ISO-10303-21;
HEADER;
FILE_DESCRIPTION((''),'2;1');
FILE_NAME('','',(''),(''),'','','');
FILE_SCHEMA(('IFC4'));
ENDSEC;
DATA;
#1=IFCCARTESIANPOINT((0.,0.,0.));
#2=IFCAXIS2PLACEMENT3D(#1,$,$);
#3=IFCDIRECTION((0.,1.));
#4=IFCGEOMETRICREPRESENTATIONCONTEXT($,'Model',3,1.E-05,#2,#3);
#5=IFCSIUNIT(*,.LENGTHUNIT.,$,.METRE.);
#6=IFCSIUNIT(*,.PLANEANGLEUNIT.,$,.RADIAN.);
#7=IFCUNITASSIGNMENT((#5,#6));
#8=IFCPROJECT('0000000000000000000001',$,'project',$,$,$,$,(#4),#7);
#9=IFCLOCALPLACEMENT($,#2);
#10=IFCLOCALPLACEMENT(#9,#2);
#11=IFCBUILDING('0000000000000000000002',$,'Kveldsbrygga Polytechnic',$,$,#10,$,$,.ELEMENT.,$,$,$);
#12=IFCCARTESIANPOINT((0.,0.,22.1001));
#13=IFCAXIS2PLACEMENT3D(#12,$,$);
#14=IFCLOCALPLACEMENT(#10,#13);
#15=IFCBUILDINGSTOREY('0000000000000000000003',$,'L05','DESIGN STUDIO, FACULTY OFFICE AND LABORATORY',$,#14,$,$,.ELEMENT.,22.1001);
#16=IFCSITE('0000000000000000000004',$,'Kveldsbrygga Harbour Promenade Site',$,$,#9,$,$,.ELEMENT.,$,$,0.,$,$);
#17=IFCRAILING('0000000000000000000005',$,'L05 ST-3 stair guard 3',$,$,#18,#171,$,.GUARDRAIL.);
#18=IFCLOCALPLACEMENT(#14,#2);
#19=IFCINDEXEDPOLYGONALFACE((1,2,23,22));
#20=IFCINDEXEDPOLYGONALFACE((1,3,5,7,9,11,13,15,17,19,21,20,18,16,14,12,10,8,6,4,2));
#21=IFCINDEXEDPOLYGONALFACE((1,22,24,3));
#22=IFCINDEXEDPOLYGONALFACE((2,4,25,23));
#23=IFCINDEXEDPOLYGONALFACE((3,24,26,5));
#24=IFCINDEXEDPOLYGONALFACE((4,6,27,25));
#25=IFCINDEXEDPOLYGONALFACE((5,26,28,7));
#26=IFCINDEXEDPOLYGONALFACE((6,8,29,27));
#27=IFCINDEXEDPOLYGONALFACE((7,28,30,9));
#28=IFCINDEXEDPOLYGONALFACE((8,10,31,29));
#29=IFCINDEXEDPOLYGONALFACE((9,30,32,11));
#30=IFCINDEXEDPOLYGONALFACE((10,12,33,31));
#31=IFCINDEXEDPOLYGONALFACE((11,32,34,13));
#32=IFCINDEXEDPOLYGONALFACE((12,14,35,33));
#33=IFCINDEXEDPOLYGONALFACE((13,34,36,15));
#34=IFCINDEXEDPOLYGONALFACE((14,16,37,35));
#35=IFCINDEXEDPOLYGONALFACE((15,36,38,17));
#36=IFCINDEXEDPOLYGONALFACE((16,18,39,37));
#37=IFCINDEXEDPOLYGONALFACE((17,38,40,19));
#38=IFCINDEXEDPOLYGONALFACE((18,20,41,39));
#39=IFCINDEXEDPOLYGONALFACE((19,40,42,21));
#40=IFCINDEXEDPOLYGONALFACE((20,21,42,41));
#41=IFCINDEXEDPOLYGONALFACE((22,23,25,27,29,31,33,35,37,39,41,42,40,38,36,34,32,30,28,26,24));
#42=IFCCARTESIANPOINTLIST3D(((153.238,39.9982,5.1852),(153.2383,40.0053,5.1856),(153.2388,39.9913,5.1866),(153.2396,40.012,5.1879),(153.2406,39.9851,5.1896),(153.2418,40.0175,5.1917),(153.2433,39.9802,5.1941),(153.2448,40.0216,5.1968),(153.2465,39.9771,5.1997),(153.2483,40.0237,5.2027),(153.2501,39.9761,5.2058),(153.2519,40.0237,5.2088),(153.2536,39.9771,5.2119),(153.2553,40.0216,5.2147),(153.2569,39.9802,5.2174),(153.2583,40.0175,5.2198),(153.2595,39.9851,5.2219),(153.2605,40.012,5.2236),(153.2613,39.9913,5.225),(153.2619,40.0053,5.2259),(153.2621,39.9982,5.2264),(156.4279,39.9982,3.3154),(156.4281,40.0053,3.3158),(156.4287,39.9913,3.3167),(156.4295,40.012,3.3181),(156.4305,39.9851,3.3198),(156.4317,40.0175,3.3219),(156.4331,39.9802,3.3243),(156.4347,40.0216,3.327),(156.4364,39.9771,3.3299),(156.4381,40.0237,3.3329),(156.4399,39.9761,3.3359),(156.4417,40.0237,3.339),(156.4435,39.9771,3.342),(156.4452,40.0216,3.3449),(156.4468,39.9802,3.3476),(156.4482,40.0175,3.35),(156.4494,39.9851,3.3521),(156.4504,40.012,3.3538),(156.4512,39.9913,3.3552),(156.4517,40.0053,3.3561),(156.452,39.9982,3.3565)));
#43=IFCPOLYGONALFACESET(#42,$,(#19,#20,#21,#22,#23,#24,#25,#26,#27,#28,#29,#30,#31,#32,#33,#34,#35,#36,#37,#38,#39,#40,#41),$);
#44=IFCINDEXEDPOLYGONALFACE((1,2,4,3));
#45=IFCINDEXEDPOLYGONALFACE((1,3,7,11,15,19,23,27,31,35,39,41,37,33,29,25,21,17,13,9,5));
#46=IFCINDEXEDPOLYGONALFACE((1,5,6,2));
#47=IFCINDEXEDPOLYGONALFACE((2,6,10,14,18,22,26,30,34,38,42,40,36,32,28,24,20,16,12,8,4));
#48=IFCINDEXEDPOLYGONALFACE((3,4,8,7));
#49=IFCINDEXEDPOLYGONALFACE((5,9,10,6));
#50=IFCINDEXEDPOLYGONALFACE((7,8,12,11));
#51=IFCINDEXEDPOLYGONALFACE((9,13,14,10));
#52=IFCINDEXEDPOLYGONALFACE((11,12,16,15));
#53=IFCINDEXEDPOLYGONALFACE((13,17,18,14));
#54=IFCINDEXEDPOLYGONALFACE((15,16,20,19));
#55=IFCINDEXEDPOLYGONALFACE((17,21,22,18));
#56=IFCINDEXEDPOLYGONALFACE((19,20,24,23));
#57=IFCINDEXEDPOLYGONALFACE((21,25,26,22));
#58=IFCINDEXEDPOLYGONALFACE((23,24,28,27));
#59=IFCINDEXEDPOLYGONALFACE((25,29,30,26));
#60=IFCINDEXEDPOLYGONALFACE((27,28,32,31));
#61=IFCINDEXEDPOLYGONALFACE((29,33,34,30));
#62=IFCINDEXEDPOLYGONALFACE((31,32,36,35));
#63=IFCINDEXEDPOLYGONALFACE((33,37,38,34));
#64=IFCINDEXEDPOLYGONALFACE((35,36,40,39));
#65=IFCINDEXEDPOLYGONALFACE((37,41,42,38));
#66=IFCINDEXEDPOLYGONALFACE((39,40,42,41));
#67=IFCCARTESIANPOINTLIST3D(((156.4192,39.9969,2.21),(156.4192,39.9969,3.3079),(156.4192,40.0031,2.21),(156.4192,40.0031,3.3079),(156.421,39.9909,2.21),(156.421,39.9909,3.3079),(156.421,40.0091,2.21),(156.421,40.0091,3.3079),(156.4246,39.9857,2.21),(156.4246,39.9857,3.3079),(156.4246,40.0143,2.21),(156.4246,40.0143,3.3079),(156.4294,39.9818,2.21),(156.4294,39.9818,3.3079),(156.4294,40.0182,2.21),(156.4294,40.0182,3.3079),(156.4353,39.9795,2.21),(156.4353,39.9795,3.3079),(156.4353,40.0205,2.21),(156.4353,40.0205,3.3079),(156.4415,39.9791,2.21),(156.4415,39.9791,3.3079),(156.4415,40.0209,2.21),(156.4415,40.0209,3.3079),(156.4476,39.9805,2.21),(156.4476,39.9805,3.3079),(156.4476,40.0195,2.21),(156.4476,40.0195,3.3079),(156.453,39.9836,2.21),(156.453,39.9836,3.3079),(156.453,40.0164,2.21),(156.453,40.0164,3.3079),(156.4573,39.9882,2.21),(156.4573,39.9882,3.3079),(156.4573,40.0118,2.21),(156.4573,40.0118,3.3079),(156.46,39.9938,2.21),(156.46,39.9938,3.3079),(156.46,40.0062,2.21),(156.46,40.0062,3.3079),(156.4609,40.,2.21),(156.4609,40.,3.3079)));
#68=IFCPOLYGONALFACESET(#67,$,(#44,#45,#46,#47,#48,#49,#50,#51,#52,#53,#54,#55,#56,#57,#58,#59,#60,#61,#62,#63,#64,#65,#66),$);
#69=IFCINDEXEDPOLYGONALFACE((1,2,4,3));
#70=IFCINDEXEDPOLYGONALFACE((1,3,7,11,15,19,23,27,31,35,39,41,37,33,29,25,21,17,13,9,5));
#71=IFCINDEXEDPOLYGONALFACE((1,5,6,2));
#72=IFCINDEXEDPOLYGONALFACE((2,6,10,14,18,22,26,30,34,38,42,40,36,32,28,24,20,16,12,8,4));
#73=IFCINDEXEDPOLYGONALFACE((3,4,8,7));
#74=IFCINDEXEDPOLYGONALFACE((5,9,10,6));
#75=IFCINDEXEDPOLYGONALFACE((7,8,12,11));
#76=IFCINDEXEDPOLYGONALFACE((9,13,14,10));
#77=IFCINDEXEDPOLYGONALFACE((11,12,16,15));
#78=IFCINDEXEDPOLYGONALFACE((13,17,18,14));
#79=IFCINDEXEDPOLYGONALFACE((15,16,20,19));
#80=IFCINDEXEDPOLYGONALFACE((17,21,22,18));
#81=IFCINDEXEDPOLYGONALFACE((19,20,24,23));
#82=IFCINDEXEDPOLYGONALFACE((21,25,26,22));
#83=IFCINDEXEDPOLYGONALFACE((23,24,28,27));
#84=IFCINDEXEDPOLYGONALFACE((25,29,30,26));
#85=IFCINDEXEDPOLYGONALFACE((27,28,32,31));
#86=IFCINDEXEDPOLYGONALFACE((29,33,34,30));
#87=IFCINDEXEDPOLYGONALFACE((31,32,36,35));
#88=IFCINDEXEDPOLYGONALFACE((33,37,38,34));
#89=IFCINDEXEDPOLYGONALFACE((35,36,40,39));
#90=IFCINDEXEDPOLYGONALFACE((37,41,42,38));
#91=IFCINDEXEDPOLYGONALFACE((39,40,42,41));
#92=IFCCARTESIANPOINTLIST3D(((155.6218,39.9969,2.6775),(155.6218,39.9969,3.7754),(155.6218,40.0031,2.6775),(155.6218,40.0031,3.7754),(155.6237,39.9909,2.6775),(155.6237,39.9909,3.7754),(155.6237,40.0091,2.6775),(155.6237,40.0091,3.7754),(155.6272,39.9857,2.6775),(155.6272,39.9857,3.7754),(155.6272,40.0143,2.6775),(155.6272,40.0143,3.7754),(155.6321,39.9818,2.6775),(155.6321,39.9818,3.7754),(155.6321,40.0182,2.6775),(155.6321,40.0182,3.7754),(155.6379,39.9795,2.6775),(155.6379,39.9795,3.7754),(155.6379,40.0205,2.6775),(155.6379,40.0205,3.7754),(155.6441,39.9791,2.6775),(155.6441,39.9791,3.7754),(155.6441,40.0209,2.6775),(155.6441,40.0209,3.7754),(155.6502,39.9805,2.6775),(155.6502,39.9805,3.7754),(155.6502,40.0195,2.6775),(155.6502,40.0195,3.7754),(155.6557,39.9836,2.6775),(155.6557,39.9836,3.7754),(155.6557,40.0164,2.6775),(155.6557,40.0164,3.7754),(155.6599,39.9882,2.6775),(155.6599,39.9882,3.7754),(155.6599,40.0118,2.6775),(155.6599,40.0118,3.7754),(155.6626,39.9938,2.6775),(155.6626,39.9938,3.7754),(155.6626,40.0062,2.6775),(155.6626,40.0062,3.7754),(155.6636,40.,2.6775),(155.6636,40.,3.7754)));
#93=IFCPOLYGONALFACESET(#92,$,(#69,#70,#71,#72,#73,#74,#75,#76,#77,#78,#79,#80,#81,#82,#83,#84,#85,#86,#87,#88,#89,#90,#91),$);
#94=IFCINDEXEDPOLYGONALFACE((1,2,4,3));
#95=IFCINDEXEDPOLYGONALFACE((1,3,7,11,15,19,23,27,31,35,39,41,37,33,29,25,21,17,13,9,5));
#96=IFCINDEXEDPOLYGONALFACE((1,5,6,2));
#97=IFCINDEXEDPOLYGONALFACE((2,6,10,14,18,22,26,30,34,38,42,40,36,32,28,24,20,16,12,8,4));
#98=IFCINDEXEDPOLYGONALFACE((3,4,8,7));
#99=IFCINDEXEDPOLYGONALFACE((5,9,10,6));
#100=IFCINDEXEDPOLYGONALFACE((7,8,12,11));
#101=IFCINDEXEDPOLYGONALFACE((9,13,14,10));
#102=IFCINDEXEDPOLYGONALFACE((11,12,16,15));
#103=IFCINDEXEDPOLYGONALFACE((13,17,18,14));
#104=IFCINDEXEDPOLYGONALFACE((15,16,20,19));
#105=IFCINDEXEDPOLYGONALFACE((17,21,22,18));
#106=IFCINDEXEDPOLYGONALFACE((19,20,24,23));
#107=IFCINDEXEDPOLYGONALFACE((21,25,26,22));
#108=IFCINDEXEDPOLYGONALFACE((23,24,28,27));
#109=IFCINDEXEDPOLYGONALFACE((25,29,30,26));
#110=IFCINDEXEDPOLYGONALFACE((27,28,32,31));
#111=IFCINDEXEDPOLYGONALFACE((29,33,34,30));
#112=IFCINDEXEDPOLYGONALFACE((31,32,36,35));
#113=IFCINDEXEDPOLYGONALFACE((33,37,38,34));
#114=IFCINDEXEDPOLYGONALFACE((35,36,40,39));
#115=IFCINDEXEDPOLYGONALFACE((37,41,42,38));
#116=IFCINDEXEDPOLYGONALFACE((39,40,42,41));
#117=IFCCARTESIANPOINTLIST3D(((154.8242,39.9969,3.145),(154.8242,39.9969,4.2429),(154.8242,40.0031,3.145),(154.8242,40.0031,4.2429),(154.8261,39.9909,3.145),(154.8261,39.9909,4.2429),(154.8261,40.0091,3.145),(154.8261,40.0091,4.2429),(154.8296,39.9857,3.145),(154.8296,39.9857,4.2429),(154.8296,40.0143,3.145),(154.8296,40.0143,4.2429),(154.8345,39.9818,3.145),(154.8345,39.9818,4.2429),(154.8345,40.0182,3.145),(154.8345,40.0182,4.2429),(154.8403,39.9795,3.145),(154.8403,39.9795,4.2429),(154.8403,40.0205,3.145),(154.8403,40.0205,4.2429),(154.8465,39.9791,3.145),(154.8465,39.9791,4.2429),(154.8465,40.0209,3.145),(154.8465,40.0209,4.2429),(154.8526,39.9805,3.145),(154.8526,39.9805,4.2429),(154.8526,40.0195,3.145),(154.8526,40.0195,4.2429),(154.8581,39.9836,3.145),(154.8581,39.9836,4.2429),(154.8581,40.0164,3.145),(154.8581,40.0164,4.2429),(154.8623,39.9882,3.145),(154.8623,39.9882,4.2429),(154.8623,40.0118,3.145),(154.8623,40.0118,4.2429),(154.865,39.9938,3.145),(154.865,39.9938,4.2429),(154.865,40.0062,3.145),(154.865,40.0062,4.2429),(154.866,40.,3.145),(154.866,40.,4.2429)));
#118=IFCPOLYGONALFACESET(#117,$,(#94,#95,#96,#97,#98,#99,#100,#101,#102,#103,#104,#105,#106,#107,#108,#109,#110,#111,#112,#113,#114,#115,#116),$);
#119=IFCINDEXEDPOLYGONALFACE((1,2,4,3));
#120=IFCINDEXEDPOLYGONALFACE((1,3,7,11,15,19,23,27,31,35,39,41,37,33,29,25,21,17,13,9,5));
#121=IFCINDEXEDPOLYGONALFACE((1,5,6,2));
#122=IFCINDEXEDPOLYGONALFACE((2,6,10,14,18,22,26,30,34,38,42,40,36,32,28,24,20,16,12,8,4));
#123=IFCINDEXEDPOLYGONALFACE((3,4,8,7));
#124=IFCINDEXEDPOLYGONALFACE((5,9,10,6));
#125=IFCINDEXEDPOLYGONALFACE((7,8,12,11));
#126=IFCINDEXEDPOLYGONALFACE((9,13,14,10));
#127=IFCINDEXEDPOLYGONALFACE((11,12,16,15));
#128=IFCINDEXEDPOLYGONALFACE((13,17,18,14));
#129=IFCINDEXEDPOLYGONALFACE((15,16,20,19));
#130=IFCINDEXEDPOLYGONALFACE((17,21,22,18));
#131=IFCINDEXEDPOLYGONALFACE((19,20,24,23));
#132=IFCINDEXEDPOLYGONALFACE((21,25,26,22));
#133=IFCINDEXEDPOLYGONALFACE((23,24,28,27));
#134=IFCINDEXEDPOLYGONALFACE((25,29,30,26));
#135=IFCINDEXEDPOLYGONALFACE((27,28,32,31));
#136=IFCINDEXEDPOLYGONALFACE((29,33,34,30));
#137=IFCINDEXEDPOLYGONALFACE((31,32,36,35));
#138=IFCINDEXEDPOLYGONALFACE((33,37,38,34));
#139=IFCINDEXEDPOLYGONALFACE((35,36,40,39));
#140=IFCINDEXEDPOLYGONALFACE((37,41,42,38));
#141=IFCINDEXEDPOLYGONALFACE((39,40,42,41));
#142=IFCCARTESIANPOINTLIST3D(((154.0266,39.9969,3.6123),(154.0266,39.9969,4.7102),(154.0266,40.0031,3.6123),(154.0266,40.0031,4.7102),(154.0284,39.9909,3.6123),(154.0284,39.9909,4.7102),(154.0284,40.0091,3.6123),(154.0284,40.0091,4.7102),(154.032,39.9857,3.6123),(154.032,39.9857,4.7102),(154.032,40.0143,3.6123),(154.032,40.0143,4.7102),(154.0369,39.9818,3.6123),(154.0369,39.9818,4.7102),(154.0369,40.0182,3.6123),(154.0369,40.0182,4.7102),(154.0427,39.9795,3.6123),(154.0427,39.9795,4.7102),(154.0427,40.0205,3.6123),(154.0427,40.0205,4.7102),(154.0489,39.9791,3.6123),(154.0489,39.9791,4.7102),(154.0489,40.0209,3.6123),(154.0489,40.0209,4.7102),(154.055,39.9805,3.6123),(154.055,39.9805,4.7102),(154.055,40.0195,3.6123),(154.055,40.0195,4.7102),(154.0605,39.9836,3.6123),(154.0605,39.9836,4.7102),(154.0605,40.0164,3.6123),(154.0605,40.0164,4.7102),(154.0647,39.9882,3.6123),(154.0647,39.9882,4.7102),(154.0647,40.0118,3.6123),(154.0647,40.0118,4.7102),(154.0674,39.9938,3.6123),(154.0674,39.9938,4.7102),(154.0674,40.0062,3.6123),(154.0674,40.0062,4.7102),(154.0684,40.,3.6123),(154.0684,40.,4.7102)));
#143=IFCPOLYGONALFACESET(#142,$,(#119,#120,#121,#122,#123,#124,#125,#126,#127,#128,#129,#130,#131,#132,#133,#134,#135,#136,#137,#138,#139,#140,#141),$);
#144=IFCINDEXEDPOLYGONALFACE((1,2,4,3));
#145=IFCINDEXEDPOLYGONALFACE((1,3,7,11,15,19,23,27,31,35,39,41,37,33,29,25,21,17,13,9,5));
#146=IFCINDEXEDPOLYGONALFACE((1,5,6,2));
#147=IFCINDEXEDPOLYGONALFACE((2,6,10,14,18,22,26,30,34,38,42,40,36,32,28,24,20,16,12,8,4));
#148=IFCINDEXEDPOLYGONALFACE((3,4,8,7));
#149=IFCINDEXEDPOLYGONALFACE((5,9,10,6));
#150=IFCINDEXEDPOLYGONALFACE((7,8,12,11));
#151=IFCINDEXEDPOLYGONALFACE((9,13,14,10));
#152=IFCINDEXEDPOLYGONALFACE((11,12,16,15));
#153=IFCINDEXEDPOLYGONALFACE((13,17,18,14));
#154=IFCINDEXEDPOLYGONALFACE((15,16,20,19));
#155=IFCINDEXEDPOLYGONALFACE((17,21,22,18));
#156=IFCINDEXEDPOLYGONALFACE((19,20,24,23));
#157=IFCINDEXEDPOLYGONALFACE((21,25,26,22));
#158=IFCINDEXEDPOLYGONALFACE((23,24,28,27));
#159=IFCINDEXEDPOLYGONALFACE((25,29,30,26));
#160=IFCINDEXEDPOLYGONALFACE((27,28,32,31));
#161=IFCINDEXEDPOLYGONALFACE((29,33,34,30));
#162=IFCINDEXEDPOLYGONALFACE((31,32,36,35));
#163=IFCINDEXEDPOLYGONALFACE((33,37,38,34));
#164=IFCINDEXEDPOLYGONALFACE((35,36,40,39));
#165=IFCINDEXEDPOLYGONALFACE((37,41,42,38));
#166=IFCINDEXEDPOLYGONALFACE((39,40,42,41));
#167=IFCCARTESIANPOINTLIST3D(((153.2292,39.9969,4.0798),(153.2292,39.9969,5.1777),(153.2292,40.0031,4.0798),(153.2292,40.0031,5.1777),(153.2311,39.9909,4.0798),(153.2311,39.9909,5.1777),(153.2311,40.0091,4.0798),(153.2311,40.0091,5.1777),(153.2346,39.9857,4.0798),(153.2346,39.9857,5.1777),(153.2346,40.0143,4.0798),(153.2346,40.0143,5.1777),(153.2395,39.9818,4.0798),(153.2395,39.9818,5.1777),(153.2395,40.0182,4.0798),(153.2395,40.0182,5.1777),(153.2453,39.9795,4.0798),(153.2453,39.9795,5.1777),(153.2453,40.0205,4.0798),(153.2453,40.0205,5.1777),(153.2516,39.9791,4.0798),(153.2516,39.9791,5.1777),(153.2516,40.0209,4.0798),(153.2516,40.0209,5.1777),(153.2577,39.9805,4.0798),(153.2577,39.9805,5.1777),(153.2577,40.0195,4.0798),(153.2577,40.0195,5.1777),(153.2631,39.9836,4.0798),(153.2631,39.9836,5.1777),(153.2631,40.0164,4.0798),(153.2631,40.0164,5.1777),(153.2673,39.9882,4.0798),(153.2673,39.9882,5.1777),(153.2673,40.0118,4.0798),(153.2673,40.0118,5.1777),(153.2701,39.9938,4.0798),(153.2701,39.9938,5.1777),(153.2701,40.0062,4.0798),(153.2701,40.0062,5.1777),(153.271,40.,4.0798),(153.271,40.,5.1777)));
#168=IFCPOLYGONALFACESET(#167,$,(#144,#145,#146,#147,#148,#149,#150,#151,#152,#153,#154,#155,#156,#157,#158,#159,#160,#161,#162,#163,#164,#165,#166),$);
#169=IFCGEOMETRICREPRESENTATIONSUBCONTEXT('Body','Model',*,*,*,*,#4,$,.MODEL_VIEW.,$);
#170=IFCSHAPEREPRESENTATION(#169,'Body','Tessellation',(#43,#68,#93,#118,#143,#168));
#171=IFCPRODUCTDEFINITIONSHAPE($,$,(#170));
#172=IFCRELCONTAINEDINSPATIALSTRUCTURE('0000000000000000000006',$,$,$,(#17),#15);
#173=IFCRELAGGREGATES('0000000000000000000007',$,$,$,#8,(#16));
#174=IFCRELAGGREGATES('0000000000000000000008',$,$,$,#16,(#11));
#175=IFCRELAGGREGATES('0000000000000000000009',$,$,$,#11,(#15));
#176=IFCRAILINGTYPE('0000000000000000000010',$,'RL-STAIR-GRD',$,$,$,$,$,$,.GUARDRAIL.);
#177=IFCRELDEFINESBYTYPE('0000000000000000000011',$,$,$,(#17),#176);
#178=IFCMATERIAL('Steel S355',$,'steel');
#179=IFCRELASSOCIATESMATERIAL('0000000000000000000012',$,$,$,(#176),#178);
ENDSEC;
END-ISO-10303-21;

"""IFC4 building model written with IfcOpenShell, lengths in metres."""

from ifc_helpers import new_model, si_unit, direction, frame, origin, origin_2d, place, context, subcontext, project, spatial, circle, extrude, material, type_object, element, save


model = new_model("IFC4")

# Units and contexts
model_context = context("Model", 3, precision=1e-05, world=origin(), true_north=direction((0.0, 1.0)))
body_context = subcontext(model_context, "Body", "Model", "MODEL_VIEW")
ifc_project = project(units=[si_unit("LENGTHUNIT", "METRE"), si_unit("PLANEANGLEUNIT", "RADIAN")], contexts=[model_context])

# Site, building, storey
site_placement = place(None, origin())
site = spatial("IfcSite", under=ifc_project, at=site_placement, Name="Kveldsbrygga Harbour Promenade Site", CompositionType="ELEMENT", RefElevation=0.0)
building_placement = place(site_placement, origin())
building = spatial("IfcBuilding", under=site, at=building_placement, Name="Kveldsbrygga Polytechnic", CompositionType="ELEMENT")
storey_placement = place(building_placement, frame((0.0, 0.0, 22.1001)))
storey = spatial("IfcBuildingStorey", under=building, at=storey_placement, Name="L05", Description="DESIGN STUDIO, FACULTY OFFICE AND LABORATORY", CompositionType="ELEMENT", Elevation=22.1001)

# Shared definitions
ifc_material_1 = material(Name="Steel S355", Category="steel")

# Railing
railing_type_1 = type_object("IfcRailingType", Name="RL-STAIR-GRD", PredefinedType="GUARDRAIL", material=ifc_material_1)
railing_1_placement = place(storey_placement, frame((156.4399, 40.0, 2.21)))
element("IfcRailing", 1, at=railing_1_placement, inside=storey, type_object=railing_type_1, Name="L05 ST-3 stair guard 3", PredefinedType="GUARDRAIL", context=body_context, shape_type="SweptSolid", body=[
    extrude(circle(Radius=0.0239, at=origin_2d()), frame((0.0, 0.0, 1.126), z_axis=(-0.862709, 0.0, 0.505701), x_axis=(0.0, -1.0, 0.0)), (0.0, 0.0, 1.0), 3.6975),
    extrude(circle(Radius=0.021, at=origin_2d()), origin(), (0.0, 0.0, 1.0), 1.0979),
    extrude(circle(Radius=0.021, at=origin_2d()), frame((-0.7974, 0.0, 0.4675)), (0.0, 0.0, 1.0), 1.0979),
    extrude(circle(Radius=0.021, at=origin_2d()), frame((-1.595, 0.0, 0.9351)), (0.0, 0.0, 1.0), 1.0979),
    extrude(circle(Radius=0.021, at=origin_2d()), frame((-2.3926, 0.0, 1.4023)), (0.0, 0.0, 1.0), 1.0979),
    extrude(circle(Radius=0.021, at=origin_2d()), frame((-3.1899, 0.0, 1.8699)), (0.0, 0.0, 1.0), 1.0979),
])

save(model, "model.ifc")
